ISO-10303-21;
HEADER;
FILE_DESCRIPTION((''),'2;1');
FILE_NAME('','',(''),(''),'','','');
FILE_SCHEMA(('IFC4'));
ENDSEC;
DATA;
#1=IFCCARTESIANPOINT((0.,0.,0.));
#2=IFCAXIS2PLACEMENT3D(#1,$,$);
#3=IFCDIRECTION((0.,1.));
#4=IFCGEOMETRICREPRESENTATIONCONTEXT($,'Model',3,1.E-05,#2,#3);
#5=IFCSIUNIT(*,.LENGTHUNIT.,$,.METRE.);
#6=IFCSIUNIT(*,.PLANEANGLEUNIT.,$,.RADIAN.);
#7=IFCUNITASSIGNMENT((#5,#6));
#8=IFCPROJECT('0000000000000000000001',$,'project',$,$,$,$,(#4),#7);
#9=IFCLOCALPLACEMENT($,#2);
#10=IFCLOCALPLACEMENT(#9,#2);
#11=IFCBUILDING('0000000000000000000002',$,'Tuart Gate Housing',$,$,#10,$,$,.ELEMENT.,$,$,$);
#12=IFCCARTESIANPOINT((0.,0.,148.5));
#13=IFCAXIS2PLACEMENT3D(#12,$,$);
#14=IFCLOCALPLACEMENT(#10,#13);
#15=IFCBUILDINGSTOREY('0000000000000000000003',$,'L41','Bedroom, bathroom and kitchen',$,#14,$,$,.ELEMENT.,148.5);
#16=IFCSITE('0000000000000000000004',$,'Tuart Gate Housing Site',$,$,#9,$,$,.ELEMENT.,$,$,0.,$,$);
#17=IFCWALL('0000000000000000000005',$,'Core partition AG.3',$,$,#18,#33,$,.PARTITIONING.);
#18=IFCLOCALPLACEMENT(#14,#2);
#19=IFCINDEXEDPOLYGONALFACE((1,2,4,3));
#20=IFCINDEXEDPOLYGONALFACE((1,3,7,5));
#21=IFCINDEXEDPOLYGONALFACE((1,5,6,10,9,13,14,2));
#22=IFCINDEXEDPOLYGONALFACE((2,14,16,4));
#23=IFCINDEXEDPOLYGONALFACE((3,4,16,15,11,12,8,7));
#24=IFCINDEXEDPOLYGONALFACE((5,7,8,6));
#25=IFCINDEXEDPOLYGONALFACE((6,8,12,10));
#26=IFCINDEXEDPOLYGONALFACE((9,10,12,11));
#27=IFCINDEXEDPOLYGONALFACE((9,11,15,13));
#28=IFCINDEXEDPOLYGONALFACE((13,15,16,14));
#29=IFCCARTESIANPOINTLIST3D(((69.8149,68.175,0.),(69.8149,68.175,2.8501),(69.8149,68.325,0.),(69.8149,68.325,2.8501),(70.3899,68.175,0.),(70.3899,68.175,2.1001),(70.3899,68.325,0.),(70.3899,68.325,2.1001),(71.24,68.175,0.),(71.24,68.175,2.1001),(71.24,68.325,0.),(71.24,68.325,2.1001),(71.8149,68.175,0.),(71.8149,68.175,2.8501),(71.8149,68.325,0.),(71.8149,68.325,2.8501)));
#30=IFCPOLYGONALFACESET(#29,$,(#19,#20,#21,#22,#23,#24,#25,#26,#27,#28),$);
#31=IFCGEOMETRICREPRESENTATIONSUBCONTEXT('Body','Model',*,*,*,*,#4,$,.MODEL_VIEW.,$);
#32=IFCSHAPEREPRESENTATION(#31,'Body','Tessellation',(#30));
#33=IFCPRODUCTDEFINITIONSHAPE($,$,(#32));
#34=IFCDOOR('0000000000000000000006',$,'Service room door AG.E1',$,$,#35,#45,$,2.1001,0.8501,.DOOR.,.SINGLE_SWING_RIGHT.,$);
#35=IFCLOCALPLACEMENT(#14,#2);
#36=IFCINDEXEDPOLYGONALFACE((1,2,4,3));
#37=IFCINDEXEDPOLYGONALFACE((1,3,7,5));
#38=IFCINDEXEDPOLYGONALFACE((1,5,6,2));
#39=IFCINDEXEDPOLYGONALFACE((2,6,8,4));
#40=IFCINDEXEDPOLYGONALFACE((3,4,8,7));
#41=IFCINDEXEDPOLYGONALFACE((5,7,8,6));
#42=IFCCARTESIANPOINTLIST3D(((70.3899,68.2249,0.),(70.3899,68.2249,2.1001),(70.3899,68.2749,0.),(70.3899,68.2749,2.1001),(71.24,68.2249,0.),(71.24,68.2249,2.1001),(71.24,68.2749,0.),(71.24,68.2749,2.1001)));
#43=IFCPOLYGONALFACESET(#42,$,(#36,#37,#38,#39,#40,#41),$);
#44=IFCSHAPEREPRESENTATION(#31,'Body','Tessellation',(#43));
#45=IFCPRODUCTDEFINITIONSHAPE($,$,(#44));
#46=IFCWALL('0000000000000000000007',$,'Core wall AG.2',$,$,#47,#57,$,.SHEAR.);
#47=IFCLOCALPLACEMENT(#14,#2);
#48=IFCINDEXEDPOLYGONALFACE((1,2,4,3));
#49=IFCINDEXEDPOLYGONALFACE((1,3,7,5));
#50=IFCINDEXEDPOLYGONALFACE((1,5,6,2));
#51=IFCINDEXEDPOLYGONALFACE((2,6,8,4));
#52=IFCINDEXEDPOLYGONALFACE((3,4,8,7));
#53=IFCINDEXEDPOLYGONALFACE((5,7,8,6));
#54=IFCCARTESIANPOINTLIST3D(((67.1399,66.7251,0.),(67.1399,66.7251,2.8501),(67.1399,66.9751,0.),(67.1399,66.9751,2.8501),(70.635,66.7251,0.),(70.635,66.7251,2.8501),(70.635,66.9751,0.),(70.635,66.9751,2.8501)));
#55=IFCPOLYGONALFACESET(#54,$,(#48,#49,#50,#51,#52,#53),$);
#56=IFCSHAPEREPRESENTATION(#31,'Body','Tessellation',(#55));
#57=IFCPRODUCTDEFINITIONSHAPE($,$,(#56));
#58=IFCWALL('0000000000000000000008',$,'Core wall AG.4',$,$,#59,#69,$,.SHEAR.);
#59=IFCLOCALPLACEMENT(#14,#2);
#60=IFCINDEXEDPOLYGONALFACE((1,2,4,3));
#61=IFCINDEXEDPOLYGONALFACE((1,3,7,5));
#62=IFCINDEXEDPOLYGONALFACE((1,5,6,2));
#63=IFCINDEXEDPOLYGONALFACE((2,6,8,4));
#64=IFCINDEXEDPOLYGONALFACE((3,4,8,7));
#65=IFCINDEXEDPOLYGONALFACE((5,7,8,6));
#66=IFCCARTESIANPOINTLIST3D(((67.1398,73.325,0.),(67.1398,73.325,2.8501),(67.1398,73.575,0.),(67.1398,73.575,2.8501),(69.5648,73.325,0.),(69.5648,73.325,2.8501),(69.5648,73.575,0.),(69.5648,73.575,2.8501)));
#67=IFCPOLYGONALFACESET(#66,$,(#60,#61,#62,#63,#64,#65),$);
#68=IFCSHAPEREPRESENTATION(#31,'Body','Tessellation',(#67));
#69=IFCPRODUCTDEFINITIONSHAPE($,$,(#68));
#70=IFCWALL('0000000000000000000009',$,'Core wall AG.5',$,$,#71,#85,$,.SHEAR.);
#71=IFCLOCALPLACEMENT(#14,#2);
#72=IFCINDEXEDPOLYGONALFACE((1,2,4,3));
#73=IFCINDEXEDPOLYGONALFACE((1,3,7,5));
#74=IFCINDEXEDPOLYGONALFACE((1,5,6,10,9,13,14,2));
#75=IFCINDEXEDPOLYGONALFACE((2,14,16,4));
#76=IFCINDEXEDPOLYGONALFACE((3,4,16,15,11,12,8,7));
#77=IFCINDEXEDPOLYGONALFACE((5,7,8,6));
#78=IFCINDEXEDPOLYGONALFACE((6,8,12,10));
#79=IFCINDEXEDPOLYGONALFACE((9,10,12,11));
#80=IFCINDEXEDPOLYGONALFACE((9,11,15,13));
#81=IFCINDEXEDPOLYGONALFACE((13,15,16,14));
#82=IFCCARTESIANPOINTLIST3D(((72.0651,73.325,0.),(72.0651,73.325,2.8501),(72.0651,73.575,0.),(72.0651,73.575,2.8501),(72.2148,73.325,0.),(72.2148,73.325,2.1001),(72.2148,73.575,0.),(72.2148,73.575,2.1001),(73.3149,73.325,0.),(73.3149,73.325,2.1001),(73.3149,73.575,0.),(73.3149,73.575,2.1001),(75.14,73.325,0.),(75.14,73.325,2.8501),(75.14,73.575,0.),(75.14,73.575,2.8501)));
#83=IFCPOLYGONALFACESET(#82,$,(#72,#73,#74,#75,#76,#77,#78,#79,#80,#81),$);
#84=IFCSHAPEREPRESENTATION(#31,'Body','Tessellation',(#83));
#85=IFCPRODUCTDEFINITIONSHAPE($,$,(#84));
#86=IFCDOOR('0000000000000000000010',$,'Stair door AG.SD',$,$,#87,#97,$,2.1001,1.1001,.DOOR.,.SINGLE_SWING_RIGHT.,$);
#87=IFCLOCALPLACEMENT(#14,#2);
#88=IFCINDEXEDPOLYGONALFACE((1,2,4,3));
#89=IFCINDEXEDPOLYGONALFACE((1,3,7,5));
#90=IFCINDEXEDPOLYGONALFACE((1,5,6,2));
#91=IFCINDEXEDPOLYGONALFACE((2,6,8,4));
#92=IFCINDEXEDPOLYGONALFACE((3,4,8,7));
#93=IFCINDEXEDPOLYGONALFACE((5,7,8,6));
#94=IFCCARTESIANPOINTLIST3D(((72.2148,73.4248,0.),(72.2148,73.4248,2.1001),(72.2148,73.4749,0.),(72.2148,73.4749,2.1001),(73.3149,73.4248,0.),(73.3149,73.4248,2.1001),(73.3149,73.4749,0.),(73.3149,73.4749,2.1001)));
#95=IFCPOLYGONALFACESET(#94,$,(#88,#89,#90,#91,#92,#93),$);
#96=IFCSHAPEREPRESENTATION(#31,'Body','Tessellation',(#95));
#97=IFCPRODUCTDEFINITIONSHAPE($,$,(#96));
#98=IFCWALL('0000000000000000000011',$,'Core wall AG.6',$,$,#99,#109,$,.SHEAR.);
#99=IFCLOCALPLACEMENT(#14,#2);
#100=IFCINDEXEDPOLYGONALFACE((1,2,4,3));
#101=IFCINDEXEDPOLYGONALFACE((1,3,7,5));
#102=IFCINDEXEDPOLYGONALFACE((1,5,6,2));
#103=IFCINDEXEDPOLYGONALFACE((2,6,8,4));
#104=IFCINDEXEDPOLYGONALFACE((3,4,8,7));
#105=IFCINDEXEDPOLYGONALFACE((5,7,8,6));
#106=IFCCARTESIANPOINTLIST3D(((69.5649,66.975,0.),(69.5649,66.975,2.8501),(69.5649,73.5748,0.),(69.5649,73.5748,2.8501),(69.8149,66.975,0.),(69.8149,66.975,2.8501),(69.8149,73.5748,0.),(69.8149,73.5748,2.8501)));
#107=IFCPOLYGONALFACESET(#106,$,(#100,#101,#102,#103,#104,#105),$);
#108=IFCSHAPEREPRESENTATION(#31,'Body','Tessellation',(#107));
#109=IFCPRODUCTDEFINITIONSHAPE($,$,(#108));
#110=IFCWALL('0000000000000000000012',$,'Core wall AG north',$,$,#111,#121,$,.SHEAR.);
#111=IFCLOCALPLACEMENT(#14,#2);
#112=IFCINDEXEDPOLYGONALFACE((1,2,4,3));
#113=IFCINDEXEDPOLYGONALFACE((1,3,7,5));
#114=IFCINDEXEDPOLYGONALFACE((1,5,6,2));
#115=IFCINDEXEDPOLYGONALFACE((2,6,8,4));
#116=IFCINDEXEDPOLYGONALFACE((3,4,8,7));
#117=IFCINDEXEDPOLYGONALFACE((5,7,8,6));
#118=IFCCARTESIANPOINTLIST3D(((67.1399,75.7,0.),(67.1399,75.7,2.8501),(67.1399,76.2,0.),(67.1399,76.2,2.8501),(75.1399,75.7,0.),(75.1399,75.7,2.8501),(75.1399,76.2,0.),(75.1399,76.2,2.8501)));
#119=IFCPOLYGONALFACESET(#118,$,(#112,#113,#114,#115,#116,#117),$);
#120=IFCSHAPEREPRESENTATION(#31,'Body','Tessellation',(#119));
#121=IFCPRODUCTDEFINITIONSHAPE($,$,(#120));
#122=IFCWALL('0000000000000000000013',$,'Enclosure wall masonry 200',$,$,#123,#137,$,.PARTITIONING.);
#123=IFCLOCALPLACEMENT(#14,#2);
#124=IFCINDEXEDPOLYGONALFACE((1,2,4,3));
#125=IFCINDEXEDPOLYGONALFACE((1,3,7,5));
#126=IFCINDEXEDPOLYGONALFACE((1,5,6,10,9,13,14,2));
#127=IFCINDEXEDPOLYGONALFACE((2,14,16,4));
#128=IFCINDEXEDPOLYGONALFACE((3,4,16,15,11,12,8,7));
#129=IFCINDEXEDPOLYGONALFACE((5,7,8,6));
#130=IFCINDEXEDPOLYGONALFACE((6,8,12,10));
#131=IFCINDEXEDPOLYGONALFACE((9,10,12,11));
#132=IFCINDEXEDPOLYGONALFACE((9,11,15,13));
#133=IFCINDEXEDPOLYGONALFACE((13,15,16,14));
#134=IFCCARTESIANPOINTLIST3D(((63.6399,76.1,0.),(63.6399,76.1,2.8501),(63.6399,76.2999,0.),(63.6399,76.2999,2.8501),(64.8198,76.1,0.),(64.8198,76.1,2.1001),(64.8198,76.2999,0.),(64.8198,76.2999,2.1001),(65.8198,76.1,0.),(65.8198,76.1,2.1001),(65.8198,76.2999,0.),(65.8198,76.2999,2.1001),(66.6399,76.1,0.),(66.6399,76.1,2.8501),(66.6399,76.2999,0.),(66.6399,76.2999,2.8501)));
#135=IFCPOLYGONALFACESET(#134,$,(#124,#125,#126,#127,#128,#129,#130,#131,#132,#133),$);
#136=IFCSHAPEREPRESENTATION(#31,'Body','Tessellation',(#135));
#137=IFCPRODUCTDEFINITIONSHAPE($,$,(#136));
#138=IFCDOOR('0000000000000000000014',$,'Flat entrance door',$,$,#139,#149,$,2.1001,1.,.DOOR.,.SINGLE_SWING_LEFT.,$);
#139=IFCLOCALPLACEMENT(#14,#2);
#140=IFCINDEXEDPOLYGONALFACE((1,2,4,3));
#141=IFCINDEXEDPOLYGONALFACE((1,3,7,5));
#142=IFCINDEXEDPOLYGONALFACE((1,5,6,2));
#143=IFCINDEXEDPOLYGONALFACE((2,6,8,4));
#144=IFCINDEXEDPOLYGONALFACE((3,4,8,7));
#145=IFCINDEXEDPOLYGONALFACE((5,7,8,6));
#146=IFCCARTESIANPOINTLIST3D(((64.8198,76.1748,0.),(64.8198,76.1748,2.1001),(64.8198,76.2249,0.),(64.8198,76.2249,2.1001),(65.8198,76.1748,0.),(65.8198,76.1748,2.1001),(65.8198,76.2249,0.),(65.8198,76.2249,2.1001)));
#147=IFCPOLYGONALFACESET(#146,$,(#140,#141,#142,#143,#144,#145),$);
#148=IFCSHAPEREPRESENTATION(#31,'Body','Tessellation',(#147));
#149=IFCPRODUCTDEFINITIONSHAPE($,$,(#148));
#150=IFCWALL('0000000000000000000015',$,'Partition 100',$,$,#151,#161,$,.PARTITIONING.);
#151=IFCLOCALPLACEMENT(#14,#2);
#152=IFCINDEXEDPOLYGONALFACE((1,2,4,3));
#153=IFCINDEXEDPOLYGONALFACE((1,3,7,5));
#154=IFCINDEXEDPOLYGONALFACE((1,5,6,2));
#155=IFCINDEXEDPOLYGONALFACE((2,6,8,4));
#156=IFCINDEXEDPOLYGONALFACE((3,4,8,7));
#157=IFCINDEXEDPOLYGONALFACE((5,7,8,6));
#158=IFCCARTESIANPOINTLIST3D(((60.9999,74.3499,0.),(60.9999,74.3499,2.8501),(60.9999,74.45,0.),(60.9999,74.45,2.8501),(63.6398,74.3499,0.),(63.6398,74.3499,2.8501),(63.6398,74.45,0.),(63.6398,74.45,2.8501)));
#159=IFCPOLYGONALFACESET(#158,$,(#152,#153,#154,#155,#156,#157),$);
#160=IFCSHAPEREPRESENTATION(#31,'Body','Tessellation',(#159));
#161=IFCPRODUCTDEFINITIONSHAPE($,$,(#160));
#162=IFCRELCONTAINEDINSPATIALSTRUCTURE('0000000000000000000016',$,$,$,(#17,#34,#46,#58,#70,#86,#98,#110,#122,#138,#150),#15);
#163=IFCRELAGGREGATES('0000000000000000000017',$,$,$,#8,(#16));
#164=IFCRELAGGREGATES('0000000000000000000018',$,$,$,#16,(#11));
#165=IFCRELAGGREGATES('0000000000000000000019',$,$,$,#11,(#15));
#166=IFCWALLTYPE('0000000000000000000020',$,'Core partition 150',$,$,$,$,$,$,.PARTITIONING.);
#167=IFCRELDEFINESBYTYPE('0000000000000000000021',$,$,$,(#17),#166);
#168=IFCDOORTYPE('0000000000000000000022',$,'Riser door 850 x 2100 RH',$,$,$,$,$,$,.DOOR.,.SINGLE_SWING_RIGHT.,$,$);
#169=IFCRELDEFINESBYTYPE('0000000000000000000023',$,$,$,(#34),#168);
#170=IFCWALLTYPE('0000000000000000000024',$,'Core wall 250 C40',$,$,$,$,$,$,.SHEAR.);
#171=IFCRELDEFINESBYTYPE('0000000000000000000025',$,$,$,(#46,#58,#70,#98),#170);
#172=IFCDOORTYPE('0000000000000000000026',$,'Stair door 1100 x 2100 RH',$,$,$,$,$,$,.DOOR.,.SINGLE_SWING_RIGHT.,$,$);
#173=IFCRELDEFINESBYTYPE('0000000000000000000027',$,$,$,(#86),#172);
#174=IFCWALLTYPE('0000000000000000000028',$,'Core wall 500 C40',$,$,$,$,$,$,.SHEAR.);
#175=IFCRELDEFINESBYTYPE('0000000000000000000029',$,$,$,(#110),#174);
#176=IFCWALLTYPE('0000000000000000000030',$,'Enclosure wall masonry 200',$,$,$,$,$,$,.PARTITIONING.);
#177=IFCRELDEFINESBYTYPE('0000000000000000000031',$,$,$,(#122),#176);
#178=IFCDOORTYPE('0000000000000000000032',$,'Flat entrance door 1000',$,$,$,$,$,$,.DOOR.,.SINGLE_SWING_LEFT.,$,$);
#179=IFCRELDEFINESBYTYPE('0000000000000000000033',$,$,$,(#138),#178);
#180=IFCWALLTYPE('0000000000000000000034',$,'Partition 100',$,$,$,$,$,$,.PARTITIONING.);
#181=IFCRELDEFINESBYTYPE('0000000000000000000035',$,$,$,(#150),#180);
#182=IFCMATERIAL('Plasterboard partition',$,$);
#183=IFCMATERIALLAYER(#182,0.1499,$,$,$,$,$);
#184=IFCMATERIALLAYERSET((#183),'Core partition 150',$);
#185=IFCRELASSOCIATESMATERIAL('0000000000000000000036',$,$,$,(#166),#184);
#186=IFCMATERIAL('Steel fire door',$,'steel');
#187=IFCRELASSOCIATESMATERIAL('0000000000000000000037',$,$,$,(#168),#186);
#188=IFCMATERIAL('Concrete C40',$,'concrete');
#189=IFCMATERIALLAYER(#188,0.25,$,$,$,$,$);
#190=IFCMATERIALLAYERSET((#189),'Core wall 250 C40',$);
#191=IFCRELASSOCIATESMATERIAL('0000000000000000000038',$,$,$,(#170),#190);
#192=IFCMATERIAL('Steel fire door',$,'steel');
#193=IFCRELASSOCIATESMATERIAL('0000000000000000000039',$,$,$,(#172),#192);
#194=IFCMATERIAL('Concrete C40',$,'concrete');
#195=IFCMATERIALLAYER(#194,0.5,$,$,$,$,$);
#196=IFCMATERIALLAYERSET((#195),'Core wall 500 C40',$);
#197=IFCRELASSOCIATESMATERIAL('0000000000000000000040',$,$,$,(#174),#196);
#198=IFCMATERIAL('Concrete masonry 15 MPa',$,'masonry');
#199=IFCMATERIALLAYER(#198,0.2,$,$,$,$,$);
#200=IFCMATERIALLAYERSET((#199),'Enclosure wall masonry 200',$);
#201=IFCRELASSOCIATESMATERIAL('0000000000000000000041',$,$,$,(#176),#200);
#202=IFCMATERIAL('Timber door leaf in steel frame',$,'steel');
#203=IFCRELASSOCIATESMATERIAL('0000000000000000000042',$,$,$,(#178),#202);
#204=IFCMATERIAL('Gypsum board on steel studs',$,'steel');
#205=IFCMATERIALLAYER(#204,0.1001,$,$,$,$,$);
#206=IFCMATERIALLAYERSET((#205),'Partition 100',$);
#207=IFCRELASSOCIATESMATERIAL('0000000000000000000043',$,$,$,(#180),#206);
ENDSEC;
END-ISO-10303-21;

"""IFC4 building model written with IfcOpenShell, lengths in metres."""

from ifc_helpers import new_model, si_unit, direction, frame, frame_2d, origin, place, context, subcontext, project, spatial, rectangle, extrude, material, layer, layer_set, type_object, element, fill, save


model = new_model("IFC4")

# Units and contexts
model_context = context("Model", 3, precision=1e-05, world=origin(), true_north=direction((0.0, 1.0)))
body_context = subcontext(model_context, "Body", "Model", "MODEL_VIEW")
ifc_project = project(units=[si_unit("LENGTHUNIT", "METRE"), si_unit("PLANEANGLEUNIT", "RADIAN")], contexts=[model_context])

# Site, building, storey
site_placement = place(None, origin())
site = spatial("IfcSite", under=ifc_project, at=site_placement, Name="Tuart Gate Housing Site", CompositionType="ELEMENT", RefElevation=0.0)
building_placement = place(site_placement, origin())
building = spatial("IfcBuilding", under=site, at=building_placement, Name="Tuart Gate Housing", CompositionType="ELEMENT")
storey_placement = place(building_placement, frame((0.0, 0.0, 148.5)))
storey = spatial("IfcBuildingStorey", under=building, at=storey_placement, Name="L41", Description="Bedroom, bathroom and kitchen", CompositionType="ELEMENT", Elevation=148.5)

# Wall, opening, door
ifc_material_1 = material(Name="Plasterboard partition")
ifc_layer_1 = layer(ifc_material_1, 0.1499)
ifc_layer_set_1 = layer_set([ifc_layer_1], Name="Core partition 150")
wall_type_1 = type_object("IfcWallType", Name="Core partition 150", PredefinedType="PARTITIONING", material=ifc_layer_set_1)
wall_1_placement = place(storey_placement, frame((69.8149, 68.25, 0.0), z_axis=(0.0, 0.0, 1.0), x_axis=(1.0, 0.0, 0.0)))
wall_1 = element("IfcWall", 1, at=wall_1_placement, inside=storey, type_object=wall_type_1, Name="Core partition AG.3", PredefinedType="PARTITIONING", context=body_context, shape_type="SweptSolid", body=[
    extrude(rectangle(XDim=2.0, YDim=0.1499, at=frame_2d((1.0, 0.0))), origin(), (0.0, 0.0, 1.0), 2.8501),
])
opening_1_placement = place(wall_1_placement, frame((0.575, 0.0, 0.0)))
opening_1 = element("IfcOpeningElement", 2, at=opening_1_placement, cuts=wall_1, PredefinedType="OPENING", context=body_context, shape_type="SweptSolid", body=[
    extrude(rectangle(XDim=0.8501, YDim=2.1001, at=frame_2d((0.425, 1.05))), frame((0.0, 0.085, 0.0), z_axis=(0.0, -1.0, 0.0), x_axis=(1.0, 0.0, 0.0)), (0.0, 0.0, 1.0), 0.1699),
])
ifc_material_2 = material(Name="Steel fire door", Category="steel")
door_type_1 = type_object("IfcDoorType", Name="Riser door 850 x 2100 RH", OperationType="SINGLE_SWING_RIGHT", PredefinedType="DOOR", material=ifc_material_2)
door_1_placement = place(opening_1_placement, frame((0.8501, 0.0, 0.0), z_axis=(0.0, 0.0, 1.0), x_axis=(-1.0, 0.0, 0.0)))
door_1 = element("IfcDoor", 3, at=door_1_placement, inside=storey, type_object=door_type_1, Name="Service room door AG.E1", OperationType="SINGLE_SWING_RIGHT", OverallHeight=2.1001, OverallWidth=0.8501, PredefinedType="DOOR", context=body_context, shape_type="SweptSolid", body=[
    extrude(rectangle(XDim=0.8501, YDim=2.1001, at=frame_2d((0.425, 1.05))), frame((0.0, 0.0251, 0.0), z_axis=(0.0, -1.0, 0.0), x_axis=(1.0, 0.0, 0.0)), (0.0, 0.0, 1.0), 0.05),
])
fill(opening_1, door_1)

# Walls
ifc_material_3 = material(Name="Concrete C40", Category="concrete")
ifc_layer_2 = layer(ifc_material_3, 0.25)
ifc_layer_set_2 = layer_set([ifc_layer_2], Name="Core wall 250 C40")
wall_type_2 = type_object("IfcWallType", Name="Core wall 250 C40", PredefinedType="SHEAR", material=ifc_layer_set_2)
wall_2_placement = place(storey_placement, frame((67.1399, 66.8501, 0.0), z_axis=(0.0, 0.0, 1.0), x_axis=(1.0, 0.0, 0.0)))
element("IfcWall", 4, at=wall_2_placement, inside=storey, type_object=wall_type_2, Name="Core wall AG.2", PredefinedType="SHEAR", context=body_context, shape_type="SweptSolid", body=[
    extrude(rectangle(XDim=3.4951, YDim=0.25, at=frame_2d((1.7476, 0.0))), origin(), (0.0, 0.0, 1.0), 2.8501),
])
wall_3_placement = place(storey_placement, frame((67.1399, 73.45, 0.0), z_axis=(0.0, 0.0, 1.0), x_axis=(1.0, 0.0, 0.0)))
element("IfcWall", 5, at=wall_3_placement, inside=storey, type_object=wall_type_2, Name="Core wall AG.4", PredefinedType="SHEAR", context=body_context, shape_type="SweptSolid", body=[
    extrude(rectangle(XDim=2.425, YDim=0.25, at=frame_2d((1.2124, 0.0))), origin(), (0.0, 0.0, 1.0), 2.8501),
])

# Wall, opening, door
wall_4_placement = place(storey_placement, frame((72.0649, 73.45, 0.0), z_axis=(0.0, 0.0, 1.0), x_axis=(1.0, 0.0, 0.0)))
wall_4 = element("IfcWall", 6, at=wall_4_placement, inside=storey, type_object=wall_type_2, Name="Core wall AG.5", PredefinedType="SHEAR", context=body_context, shape_type="SweptSolid", body=[
    extrude(rectangle(XDim=3.075, YDim=0.25, at=frame_2d((1.5376, 0.0))), origin(), (0.0, 0.0, 1.0), 2.8501),
])
opening_2_placement = place(wall_4_placement, frame((0.1499, 0.0, 0.0)))
opening_2 = element("IfcOpeningElement", 7, at=opening_2_placement, cuts=wall_4, PredefinedType="OPENING", context=body_context, shape_type="SweptSolid", body=[
    extrude(rectangle(XDim=1.1001, YDim=2.1001, at=frame_2d((0.55, 1.05))), frame((0.0, 0.135, 0.0), z_axis=(0.0, -1.0, 0.0), x_axis=(1.0, 0.0, 0.0)), (0.0, 0.0, 1.0), 0.27),
])
ifc_material_4 = material(Name="Steel fire door", Category="steel")
door_type_2 = type_object("IfcDoorType", Name="Stair door 1100 x 2100 RH", OperationType="SINGLE_SWING_RIGHT", PredefinedType="DOOR", material=ifc_material_4)
door_2_placement = place(opening_2_placement, frame((1.1001, 0.0, 0.0), z_axis=(0.0, 0.0, 1.0), x_axis=(-1.0, 0.0, 0.0)))
door_2 = element("IfcDoor", 8, at=door_2_placement, inside=storey, type_object=door_type_2, Name="Stair door AG.SD", OperationType="SINGLE_SWING_RIGHT", OverallHeight=2.1001, OverallWidth=1.1001, PredefinedType="DOOR", context=body_context, shape_type="SweptSolid", body=[
    extrude(rectangle(XDim=1.1001, YDim=2.1001, at=frame_2d((0.55, 1.05))), frame((0.0, 0.0251, 0.0), z_axis=(0.0, -1.0, 0.0), x_axis=(1.0, 0.0, 0.0)), (0.0, 0.0, 1.0), 0.05),
])
fill(opening_2, door_2)

# Walls
wall_5_placement = place(storey_placement, frame((69.6899, 66.9751, 0.0), z_axis=(0.0, 0.0, 1.0), x_axis=(0.0, 1.0, 0.0)))
element("IfcWall", 9, at=wall_5_placement, inside=storey, type_object=wall_type_2, Name="Core wall AG.6", PredefinedType="SHEAR", context=body_context, shape_type="SweptSolid", body=[
    extrude(rectangle(XDim=6.5999, YDim=0.25, at=frame_2d((3.2998, 0.0))), origin(), (0.0, 0.0, 1.0), 2.8501),
])
ifc_material_5 = material(Name="Concrete C40", Category="concrete")
ifc_layer_3 = layer(ifc_material_5, 0.5)
ifc_layer_set_3 = layer_set([ifc_layer_3], Name="Core wall 500 C40")
wall_type_3 = type_object("IfcWallType", Name="Core wall 500 C40", PredefinedType="SHEAR", material=ifc_layer_set_3)
wall_6_placement = place(storey_placement, frame((67.1399, 75.95, 0.0), z_axis=(0.0, 0.0, 1.0), x_axis=(1.0, 0.0, 0.0)))
element("IfcWall", 10, at=wall_6_placement, inside=storey, type_object=wall_type_3, Name="Core wall AG north", PredefinedType="SHEAR", context=body_context, shape_type="SweptSolid", body=[
    extrude(rectangle(XDim=8.0, YDim=0.5, at=frame_2d((4.0, 0.0))), origin(), (0.0, 0.0, 1.0), 2.8501),
])

# Wall, opening, door
ifc_material_6 = material(Name="Concrete masonry 15 MPa", Category="masonry")
ifc_layer_4 = layer(ifc_material_6, 0.2)
ifc_layer_set_4 = layer_set([ifc_layer_4], Name="Enclosure wall masonry 200")
wall_type_4 = type_object("IfcWallType", Name="Enclosure wall masonry 200", PredefinedType="PARTITIONING", material=ifc_layer_set_4)
wall_7_placement = place(storey_placement, frame((63.6399, 76.2, 0.0), z_axis=(0.0, 0.0, 1.0), x_axis=(1.0, 0.0, 0.0)))
wall_7 = element("IfcWall", 11, at=wall_7_placement, inside=storey, type_object=wall_type_4, Name="Enclosure wall masonry 200", PredefinedType="PARTITIONING", context=body_context, shape_type="SweptSolid", body=[
    extrude(rectangle(XDim=3.0, YDim=0.2, at=frame_2d((1.5, 0.0))), origin(), (0.0, 0.0, 1.0), 2.8501),
])
opening_3_placement = place(wall_7_placement, frame((1.1799, 0.0, 0.0)))
opening_3 = element("IfcOpeningElement", 12, at=opening_3_placement, cuts=wall_7, PredefinedType="OPENING", context=body_context, shape_type="SweptSolid", body=[
    extrude(rectangle(XDim=1.0, YDim=2.1001, at=frame_2d((0.5, 1.05))), frame((0.0, 0.1099, 0.0), z_axis=(0.0, -1.0, 0.0), x_axis=(1.0, 0.0, 0.0)), (0.0, 0.0, 1.0), 0.22),
])
ifc_material_7 = material(Name="Timber door leaf in steel frame", Category="steel")
door_type_3 = type_object("IfcDoorType", Name="Flat entrance door 1000", OperationType="SINGLE_SWING_LEFT", PredefinedType="DOOR", material=ifc_material_7)
door_3_placement = place(opening_3_placement, origin())
door_3 = element("IfcDoor", 13, at=door_3_placement, inside=storey, type_object=door_type_3, Name="Flat entrance door", OperationType="SINGLE_SWING_LEFT", OverallHeight=2.1001, OverallWidth=1.0, PredefinedType="DOOR", context=body_context, shape_type="SweptSolid", body=[
    extrude(rectangle(XDim=1.0, YDim=2.1001, at=frame_2d((0.5, 1.05))), frame((0.0, 0.0249, 0.0), z_axis=(0.0, -1.0, 0.0), x_axis=(1.0, 0.0, 0.0)), (0.0, 0.0, 1.0), 0.05),
])
fill(opening_3, door_3)

# Wall
ifc_material_8 = material(Name="Gypsum board on steel studs", Category="steel")
ifc_layer_5 = layer(ifc_material_8, 0.1001)
ifc_layer_set_5 = layer_set([ifc_layer_5], Name="Partition 100")
wall_type_5 = type_object("IfcWallType", Name="Partition 100", PredefinedType="PARTITIONING", material=ifc_layer_set_5)
wall_8_placement = place(storey_placement, frame((61.0, 74.3999, 0.0), z_axis=(0.0, 0.0, 1.0), x_axis=(1.0, 0.0, 0.0)))
element("IfcWall", 14, at=wall_8_placement, inside=storey, type_object=wall_type_5, Name="Partition 100", PredefinedType="PARTITIONING", context=body_context, shape_type="SweptSolid", body=[
    extrude(rectangle(XDim=2.6399, YDim=0.1001, at=frame_2d((1.3198, 0.0))), origin(), (0.0, 0.0, 1.0), 2.8501),
])

save(model, "model.ifc")
